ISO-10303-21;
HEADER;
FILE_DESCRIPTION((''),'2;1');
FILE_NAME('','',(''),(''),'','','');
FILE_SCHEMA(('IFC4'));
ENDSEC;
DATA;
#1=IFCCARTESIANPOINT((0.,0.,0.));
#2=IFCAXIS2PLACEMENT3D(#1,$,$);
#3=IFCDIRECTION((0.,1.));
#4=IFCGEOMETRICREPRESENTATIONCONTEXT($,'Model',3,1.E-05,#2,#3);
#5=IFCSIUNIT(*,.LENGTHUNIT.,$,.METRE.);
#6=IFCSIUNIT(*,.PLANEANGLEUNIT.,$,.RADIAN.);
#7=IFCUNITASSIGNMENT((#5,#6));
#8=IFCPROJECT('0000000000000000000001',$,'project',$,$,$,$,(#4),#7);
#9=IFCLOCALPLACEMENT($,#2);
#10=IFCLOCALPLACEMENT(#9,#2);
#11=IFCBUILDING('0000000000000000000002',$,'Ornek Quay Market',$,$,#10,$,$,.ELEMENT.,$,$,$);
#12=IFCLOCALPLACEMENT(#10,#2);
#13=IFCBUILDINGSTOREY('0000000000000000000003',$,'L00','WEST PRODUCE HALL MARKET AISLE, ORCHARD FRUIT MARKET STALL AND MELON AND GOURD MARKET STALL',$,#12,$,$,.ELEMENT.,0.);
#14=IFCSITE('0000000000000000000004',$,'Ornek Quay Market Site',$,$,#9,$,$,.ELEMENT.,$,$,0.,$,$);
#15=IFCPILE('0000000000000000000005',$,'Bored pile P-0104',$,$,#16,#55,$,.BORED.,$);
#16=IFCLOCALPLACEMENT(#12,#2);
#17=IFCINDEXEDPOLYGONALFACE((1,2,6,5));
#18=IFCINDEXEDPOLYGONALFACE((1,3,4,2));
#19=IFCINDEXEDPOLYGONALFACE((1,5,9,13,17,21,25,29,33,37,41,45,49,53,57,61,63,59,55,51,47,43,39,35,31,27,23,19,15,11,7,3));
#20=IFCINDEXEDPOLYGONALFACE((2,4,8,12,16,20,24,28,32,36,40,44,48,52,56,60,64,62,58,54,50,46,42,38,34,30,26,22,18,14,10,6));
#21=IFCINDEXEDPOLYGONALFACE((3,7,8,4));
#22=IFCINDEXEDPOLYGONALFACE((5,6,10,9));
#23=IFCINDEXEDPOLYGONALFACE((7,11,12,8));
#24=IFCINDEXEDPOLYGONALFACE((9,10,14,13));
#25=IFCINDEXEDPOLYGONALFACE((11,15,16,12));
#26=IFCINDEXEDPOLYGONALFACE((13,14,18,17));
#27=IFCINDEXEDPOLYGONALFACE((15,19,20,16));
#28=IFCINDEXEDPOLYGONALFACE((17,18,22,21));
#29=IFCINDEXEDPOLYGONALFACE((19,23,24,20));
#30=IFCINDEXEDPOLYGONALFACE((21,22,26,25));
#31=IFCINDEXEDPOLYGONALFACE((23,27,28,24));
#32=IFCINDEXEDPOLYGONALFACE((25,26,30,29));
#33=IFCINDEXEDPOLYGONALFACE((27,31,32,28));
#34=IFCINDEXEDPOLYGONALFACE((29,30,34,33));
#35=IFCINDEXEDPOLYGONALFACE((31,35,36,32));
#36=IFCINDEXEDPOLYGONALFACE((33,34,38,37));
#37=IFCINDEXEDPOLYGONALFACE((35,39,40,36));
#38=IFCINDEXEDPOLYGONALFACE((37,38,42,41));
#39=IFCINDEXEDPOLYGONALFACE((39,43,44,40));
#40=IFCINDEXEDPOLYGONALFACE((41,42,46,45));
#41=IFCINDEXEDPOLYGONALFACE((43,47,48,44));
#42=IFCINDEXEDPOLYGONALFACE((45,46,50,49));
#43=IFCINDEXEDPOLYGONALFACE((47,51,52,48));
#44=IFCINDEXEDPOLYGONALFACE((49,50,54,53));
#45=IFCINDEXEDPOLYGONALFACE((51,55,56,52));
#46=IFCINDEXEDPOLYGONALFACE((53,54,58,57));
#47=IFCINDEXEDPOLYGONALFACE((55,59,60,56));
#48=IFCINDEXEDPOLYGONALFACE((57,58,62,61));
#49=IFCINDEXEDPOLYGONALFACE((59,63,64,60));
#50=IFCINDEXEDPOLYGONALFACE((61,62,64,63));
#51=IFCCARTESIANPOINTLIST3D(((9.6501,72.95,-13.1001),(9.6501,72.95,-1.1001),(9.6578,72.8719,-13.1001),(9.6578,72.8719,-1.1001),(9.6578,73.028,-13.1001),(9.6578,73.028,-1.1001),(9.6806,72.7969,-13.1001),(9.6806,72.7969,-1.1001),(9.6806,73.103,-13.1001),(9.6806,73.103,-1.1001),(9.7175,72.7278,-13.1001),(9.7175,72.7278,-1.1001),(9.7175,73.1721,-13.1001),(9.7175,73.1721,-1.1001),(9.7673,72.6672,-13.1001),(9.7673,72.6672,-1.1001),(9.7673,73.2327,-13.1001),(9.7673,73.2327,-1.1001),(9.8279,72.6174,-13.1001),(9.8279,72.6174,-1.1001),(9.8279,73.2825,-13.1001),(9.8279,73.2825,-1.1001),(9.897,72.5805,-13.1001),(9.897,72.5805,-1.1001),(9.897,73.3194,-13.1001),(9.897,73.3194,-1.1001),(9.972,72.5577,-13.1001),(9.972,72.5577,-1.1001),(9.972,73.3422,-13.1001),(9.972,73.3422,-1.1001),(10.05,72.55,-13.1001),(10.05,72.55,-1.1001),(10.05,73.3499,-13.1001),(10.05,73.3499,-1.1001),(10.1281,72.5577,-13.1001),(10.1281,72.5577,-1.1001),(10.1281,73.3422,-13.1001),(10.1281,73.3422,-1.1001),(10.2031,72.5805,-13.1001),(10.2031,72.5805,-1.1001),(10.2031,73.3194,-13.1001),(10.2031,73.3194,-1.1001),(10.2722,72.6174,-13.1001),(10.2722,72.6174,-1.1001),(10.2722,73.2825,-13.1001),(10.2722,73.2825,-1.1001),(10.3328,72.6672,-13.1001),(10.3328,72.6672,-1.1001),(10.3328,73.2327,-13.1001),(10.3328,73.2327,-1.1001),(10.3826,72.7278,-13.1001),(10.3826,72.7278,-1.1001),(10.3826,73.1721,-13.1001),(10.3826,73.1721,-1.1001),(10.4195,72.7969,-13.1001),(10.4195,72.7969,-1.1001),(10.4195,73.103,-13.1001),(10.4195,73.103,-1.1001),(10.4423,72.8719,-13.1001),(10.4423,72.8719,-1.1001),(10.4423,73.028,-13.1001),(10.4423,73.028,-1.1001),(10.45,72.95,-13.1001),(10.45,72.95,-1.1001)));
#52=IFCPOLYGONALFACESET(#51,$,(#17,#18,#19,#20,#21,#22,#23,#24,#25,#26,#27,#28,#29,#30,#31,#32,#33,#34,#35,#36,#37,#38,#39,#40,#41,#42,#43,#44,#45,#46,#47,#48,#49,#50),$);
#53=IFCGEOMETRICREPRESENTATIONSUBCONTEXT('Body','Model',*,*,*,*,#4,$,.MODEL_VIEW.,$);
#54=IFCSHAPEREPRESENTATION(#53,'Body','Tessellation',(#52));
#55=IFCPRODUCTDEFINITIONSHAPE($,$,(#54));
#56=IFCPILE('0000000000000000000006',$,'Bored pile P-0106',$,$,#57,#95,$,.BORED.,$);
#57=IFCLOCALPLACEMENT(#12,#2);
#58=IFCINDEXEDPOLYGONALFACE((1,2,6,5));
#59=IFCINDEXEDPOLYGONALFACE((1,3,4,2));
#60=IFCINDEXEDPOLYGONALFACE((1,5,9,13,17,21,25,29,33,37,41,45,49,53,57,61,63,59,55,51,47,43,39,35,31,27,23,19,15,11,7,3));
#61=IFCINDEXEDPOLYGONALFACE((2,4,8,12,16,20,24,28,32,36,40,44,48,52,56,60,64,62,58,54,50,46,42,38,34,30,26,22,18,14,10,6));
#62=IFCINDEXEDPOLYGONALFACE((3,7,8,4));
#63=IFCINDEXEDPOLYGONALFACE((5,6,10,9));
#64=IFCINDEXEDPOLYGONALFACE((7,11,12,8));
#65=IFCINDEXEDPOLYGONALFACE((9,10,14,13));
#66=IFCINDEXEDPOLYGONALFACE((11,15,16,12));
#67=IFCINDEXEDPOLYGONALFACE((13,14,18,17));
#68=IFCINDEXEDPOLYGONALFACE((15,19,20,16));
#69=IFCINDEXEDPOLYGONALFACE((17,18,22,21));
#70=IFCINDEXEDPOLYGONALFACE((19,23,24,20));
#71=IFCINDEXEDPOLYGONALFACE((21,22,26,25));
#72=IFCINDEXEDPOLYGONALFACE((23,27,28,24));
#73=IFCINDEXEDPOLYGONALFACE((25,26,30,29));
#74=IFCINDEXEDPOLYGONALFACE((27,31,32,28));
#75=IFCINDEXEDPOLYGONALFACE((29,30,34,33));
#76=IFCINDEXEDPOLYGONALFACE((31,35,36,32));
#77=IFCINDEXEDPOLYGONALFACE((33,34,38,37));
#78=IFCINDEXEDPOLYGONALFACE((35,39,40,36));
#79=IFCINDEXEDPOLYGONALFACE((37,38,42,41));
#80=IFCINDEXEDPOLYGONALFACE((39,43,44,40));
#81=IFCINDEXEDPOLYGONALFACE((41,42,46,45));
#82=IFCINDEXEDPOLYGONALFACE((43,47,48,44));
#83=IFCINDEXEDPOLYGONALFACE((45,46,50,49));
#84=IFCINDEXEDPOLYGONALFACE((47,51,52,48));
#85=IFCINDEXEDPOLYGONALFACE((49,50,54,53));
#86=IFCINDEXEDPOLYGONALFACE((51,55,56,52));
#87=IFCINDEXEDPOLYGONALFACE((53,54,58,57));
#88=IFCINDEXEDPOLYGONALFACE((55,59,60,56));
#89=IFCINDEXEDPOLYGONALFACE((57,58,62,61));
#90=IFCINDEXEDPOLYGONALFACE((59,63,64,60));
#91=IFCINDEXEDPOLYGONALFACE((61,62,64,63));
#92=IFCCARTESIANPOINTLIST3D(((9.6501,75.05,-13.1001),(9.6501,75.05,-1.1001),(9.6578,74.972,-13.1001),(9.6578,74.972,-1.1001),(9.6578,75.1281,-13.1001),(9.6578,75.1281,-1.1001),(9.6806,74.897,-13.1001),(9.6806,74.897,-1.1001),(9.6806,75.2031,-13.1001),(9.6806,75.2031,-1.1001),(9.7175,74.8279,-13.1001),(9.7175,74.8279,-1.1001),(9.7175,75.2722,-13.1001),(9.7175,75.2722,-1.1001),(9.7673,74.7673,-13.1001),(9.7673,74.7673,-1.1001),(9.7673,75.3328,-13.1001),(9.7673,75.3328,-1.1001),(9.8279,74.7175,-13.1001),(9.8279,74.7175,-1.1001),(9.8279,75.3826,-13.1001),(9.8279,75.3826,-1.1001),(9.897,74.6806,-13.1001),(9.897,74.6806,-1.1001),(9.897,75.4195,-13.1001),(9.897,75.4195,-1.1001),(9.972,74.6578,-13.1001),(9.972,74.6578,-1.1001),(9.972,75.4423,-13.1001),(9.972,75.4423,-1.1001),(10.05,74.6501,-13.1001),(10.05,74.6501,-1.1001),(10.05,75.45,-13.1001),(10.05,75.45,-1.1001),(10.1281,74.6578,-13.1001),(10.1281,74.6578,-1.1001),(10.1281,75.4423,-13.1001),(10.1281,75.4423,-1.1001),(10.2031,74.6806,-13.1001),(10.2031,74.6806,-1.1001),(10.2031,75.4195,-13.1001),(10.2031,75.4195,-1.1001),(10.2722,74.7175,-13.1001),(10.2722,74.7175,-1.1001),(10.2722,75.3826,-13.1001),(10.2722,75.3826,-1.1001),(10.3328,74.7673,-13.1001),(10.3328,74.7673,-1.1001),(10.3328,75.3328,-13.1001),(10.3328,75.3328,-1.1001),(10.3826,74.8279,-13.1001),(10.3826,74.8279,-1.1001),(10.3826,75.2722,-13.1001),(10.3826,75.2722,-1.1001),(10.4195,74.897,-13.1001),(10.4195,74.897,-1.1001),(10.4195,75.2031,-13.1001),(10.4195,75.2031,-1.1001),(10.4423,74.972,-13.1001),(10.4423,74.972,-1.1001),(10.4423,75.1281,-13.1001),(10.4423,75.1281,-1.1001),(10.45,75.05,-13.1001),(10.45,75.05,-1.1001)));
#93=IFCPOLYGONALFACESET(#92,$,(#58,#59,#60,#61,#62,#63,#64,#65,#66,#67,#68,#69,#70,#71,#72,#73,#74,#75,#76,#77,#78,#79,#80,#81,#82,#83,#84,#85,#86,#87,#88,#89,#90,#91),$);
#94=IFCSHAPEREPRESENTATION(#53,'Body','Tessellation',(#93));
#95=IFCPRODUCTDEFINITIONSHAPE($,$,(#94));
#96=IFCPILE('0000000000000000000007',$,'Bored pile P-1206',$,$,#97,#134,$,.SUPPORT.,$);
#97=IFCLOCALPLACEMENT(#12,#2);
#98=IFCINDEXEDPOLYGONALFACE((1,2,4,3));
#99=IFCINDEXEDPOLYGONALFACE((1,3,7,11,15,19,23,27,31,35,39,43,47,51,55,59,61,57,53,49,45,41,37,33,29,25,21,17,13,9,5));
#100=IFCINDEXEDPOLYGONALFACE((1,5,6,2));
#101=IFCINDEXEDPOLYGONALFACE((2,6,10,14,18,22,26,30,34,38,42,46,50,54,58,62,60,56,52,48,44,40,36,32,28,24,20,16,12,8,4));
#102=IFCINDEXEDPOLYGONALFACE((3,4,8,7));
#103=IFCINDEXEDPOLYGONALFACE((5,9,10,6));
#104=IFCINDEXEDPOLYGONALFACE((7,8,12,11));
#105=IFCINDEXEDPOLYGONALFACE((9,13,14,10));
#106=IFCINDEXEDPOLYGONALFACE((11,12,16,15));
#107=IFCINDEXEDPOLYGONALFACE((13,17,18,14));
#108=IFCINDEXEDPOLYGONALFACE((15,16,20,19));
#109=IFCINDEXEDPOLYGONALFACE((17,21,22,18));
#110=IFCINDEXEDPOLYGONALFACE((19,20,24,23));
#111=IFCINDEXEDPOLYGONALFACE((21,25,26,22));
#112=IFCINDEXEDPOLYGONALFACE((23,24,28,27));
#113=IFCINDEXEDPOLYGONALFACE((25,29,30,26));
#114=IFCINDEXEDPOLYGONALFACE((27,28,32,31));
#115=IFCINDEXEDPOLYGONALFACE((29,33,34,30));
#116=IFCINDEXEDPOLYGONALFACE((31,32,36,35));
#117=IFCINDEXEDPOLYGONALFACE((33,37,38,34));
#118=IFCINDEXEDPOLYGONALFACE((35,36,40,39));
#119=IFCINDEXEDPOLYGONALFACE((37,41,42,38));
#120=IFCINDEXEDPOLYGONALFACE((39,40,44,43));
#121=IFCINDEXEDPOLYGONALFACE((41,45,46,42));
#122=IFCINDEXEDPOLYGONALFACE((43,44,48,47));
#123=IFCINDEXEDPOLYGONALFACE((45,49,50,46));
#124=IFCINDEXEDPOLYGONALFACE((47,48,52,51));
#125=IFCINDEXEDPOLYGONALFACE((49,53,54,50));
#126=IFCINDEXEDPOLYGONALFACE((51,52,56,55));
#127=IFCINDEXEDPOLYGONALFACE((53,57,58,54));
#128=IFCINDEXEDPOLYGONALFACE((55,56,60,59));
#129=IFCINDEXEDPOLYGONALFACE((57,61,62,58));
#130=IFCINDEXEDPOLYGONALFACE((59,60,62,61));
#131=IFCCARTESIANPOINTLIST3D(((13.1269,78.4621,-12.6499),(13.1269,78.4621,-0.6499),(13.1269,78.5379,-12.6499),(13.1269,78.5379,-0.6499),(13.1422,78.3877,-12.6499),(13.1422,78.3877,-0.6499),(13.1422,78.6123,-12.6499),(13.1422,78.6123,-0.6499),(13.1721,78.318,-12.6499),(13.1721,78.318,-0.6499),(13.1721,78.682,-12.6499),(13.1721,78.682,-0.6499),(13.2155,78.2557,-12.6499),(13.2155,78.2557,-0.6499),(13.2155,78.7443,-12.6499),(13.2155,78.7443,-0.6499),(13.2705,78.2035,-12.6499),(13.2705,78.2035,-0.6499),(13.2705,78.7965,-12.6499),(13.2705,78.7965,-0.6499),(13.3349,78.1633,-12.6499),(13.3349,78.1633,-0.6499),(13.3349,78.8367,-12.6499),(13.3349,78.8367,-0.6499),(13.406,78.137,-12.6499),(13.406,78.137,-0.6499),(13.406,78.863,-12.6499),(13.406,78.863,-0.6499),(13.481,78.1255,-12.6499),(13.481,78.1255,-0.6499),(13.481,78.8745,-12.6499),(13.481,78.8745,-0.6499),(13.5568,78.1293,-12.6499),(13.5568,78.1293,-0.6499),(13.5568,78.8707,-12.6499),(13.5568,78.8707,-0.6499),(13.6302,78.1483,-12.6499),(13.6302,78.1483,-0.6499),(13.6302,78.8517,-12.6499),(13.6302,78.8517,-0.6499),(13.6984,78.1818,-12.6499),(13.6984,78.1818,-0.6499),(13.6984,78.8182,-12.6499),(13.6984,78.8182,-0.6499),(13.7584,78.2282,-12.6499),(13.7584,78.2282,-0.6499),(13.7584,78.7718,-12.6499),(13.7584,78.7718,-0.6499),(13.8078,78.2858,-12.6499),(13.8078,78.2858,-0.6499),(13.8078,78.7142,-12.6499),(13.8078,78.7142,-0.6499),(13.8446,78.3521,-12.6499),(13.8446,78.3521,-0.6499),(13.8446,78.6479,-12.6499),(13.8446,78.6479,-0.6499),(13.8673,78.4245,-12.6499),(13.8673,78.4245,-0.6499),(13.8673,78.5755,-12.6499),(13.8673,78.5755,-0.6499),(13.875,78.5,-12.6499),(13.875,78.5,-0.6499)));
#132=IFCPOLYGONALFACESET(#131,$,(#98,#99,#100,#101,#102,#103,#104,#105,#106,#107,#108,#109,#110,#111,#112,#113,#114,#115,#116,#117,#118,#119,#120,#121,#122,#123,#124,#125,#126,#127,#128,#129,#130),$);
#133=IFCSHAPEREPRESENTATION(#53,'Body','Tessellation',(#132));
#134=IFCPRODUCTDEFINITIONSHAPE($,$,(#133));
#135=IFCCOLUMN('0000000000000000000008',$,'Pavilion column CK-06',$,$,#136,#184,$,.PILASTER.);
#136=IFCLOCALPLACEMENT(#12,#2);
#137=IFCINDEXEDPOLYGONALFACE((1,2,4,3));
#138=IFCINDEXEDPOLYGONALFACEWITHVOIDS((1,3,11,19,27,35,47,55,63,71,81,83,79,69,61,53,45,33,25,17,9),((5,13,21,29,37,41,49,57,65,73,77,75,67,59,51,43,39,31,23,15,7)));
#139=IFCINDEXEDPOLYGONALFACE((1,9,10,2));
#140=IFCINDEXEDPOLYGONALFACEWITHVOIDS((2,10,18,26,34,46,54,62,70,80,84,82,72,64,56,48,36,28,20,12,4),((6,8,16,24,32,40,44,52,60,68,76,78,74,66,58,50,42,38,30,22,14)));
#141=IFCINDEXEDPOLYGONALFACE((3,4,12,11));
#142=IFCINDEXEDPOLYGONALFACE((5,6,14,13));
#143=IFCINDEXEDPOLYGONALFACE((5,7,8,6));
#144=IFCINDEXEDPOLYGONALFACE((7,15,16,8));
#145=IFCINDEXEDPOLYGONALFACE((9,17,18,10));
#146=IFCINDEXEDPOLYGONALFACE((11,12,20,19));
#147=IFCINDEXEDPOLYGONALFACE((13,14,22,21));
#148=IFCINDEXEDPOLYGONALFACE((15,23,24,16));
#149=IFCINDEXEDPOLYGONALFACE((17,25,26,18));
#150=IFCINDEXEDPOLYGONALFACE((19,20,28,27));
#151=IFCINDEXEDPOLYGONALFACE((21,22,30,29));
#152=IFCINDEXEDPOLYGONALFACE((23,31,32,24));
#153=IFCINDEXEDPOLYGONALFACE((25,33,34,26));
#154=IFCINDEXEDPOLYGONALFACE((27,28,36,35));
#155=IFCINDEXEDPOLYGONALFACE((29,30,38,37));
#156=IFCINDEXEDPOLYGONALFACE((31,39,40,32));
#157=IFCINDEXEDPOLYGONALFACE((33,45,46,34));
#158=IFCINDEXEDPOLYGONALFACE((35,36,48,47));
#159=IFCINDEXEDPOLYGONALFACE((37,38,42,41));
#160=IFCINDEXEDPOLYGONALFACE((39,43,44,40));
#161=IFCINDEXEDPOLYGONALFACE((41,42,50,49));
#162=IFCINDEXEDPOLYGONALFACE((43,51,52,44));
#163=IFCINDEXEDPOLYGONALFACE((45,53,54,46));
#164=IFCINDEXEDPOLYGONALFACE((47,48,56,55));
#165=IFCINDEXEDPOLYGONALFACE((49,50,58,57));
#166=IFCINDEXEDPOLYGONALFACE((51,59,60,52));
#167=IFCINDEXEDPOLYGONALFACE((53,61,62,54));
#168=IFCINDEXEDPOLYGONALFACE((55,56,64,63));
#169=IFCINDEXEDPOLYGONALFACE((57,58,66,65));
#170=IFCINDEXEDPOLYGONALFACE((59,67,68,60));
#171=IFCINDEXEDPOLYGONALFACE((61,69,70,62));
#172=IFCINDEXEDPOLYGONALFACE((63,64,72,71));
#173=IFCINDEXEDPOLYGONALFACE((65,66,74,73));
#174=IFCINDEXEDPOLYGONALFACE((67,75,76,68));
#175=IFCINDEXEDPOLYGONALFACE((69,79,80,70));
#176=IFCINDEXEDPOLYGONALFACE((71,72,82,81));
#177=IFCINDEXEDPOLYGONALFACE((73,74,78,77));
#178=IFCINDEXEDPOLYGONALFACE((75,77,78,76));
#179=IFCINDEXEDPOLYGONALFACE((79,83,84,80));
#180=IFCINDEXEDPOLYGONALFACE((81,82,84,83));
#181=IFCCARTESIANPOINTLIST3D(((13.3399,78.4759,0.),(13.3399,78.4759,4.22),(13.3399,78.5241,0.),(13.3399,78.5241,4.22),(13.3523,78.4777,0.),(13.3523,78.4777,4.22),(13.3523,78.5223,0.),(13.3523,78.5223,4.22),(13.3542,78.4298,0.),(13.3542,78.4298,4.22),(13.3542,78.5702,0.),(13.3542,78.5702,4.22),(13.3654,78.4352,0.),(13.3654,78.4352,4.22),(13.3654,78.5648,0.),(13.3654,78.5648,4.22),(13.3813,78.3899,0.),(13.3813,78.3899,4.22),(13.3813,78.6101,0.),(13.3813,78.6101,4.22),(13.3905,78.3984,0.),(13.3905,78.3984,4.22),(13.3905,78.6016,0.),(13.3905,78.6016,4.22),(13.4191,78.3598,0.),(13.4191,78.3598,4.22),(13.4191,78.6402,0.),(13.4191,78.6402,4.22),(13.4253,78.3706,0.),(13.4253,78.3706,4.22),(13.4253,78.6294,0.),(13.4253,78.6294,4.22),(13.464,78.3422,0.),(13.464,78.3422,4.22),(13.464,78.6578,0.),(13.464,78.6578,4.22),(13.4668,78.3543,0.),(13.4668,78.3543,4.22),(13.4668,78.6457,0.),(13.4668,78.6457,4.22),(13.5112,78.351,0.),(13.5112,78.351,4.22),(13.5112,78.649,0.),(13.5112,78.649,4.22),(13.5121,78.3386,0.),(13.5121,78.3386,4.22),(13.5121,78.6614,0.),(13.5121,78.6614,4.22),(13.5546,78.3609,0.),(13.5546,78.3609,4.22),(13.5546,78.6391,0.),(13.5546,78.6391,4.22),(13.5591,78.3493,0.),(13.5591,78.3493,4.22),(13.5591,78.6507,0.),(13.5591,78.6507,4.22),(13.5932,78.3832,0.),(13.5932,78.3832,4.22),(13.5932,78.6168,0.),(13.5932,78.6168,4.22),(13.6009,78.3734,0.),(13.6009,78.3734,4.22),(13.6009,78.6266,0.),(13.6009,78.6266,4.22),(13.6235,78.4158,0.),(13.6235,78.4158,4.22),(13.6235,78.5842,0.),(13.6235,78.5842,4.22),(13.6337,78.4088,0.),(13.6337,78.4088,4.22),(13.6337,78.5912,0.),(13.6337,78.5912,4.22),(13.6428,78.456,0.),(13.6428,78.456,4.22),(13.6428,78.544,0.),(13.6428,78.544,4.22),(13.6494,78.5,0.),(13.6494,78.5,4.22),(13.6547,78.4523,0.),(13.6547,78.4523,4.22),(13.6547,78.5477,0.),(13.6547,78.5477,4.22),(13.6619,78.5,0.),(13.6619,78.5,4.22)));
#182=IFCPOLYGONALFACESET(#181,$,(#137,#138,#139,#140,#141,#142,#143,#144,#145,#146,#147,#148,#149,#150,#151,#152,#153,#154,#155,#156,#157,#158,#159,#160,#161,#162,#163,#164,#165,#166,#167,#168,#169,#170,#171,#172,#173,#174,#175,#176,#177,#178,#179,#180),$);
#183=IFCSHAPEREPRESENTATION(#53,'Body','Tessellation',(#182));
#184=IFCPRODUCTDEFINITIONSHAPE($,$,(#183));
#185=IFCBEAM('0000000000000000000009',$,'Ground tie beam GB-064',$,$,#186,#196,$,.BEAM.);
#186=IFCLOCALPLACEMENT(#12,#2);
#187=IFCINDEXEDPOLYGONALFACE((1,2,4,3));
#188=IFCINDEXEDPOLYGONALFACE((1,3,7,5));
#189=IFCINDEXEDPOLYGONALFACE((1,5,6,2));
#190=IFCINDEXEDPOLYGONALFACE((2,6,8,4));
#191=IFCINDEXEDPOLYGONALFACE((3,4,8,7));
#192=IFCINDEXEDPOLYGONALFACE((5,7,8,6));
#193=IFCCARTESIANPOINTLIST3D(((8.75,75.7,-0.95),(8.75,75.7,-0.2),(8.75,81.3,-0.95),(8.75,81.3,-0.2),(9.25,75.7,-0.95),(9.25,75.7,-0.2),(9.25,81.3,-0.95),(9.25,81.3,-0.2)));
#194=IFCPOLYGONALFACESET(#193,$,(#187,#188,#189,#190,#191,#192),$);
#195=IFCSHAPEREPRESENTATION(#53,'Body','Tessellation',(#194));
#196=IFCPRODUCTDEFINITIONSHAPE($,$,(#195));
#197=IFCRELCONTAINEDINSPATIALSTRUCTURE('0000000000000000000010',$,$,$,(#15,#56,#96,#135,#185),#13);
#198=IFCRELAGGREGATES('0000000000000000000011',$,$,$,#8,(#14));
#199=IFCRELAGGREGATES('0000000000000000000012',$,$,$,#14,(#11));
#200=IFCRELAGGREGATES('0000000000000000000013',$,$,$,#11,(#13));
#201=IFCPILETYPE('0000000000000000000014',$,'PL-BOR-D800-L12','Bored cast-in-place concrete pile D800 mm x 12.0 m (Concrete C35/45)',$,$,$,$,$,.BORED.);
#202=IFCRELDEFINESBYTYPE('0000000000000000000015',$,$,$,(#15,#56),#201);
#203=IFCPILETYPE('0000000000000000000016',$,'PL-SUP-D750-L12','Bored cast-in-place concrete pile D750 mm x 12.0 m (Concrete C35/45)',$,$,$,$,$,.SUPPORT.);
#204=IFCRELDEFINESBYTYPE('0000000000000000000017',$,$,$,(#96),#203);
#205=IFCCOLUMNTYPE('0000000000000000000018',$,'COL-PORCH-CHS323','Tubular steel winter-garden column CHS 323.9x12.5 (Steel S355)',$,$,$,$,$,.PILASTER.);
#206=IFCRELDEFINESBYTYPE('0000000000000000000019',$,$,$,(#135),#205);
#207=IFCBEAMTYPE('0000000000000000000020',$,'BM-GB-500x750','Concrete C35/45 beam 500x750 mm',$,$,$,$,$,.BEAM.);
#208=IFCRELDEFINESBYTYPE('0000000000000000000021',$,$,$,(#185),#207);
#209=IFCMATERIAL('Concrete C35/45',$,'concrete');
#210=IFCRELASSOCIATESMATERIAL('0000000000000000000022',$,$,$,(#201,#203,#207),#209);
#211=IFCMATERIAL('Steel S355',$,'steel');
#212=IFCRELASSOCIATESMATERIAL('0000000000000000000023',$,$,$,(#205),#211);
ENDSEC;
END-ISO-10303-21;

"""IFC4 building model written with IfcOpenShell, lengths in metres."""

from ifc_helpers import new_model, si_unit, direction, frame, origin, origin_2d, place, context, subcontext, project, spatial, rectangle, circle, hollow_circle, extrude, material, material_profile, profile_set, type_object, element, save


model = new_model("IFC4")

# Units and contexts
model_context = context("Model", 3, precision=1e-05, world=origin(), true_north=direction((0.0, 1.0)))
body_context = subcontext(model_context, "Body", "Model", "MODEL_VIEW")
ifc_project = project(units=[si_unit("LENGTHUNIT", "METRE"), si_unit("PLANEANGLEUNIT", "RADIAN")], contexts=[model_context])

# Site, building, storey
site_placement = place(None, origin())
site = spatial("IfcSite", under=ifc_project, at=site_placement, Name="Ornek Quay Market Site", CompositionType="ELEMENT", RefElevation=0.0)
building_placement = place(site_placement, origin())
building = spatial("IfcBuilding", under=site, at=building_placement, Name="Ornek Quay Market", CompositionType="ELEMENT")
storey_placement = place(building_placement, origin())
storey = spatial("IfcBuildingStorey", under=building, at=storey_placement, Name="L00", Description="WEST PRODUCE HALL MARKET AISLE, ORCHARD FRUIT MARKET STALL AND MELON AND GOURD MARKET STALL", CompositionType="ELEMENT", Elevation=0.0)

# Piles
ifc_material_1 = material(Name="Concrete C35/45", Category="concrete")
ifc_material_profile_1 = material_profile(ifc_material_1, circle(Radius=0.3999, at=origin_2d()), Name="PILE D800", Category="concrete")
ifc_profile_set_1 = profile_set([ifc_material_profile_1], Name="Concrete C35/45")
pile_type_1 = type_object("IfcPileType", Name="PL-BOR-D800-L12", Description="Bored cast-in-place concrete pile D800 mm x 12.0 m (Concrete C35/45)", PredefinedType="BORED", material=ifc_profile_set_1)
for number, where, z_axis, x_axis, name in (
    (1, (10.05, 72.95, -1.1001), (0.0, 0.0, -1.0), (1.0, 0.0, 0.0), "Bored pile P-0104"),
    (2, (10.05, 75.05, -1.1001), (0.0, 0.0, -1.0), (1.0, 0.0, 0.0), "Bored pile P-0106"),
):
    element("IfcPile", number, at=place(storey_placement, frame(where, z_axis=z_axis, x_axis=x_axis)), inside=storey, type_object=pile_type_1, Name=name, PredefinedType="BORED", context=body_context, shape_type="SweptSolid", body=[
        extrude(circle(Radius=0.3999, at=origin_2d()), origin(), (0.0, 0.0, 1.0), 12.0),
    ])
ifc_material_profile_2 = material_profile(ifc_material_1, circle(Radius=0.375, at=origin_2d()), Name="PILE D750", Category="concrete")
ifc_profile_set_2 = profile_set([ifc_material_profile_2], Name="Concrete C35/45")
pile_type_2 = type_object("IfcPileType", Name="PL-SUP-D750-L12", Description="Bored cast-in-place concrete pile D750 mm x 12.0 m (Concrete C35/45)", PredefinedType="SUPPORT", material=ifc_profile_set_2)
pile_placement = place(storey_placement, frame((13.5, 78.5, -0.6499), z_axis=(0.0, 0.0, -1.0), x_axis=(1.0, 0.0, 0.0)))
element("IfcPile", 3, at=pile_placement, inside=storey, type_object=pile_type_2, Name="Bored pile P-1206", PredefinedType="SUPPORT", context=body_context, shape_type="SweptSolid", body=[
    extrude(circle(Radius=0.375, at=origin_2d()), origin(), (0.0, 0.0, 1.0), 12.0),
])

# Column
ifc_material_2 = material(Name="Steel S355", Category="steel")
ifc_material_profile_3 = material_profile(ifc_material_2, hollow_circle(Radius=0.1619, WallThickness=0.0125, at=origin_2d()), Name="CHS 323.9x12.5", Category="steel")
ifc_profile_set_3 = profile_set([ifc_material_profile_3], Name="Steel S355")
column_type = type_object("IfcColumnType", Name="COL-PORCH-CHS323", Description="Tubular steel winter-garden column CHS 323.9x12.5 (Steel S355)", PredefinedType="PILASTER", material=ifc_profile_set_3)
column_placement = place(storey_placement, frame((13.5, 78.5, 0.0), z_axis=(0.0, 0.0, 1.0), x_axis=(1.0, 0.0, 0.0)))
element("IfcColumn", 4, at=column_placement, inside=storey, type_object=column_type, Name="Pavilion column CK-06", PredefinedType="PILASTER", context=body_context, shape_type="SweptSolid", body=[
    extrude(hollow_circle(Radius=0.1619, WallThickness=0.0125, at=origin_2d()), origin(), (0.0, 0.0, 1.0), 4.22),
])

# Beam
ifc_material_profile_4 = material_profile(ifc_material_1, rectangle(XDim=0.5, YDim=0.75, at=origin_2d()), Name="RC 500x750", Category="concrete")
ifc_profile_set_4 = profile_set([ifc_material_profile_4], Name="Concrete C35/45")
beam_type_1 = type_object("IfcBeamType", Name="BM-GB-500x750", Description="Concrete C35/45 beam 500x750 mm", PredefinedType="BEAM", material=ifc_profile_set_4)
beam_1_placement = place(storey_placement, frame((9.0, 75.7, -0.575), z_axis=(0.0, 1.0, 0.0), x_axis=(-1.0, 0.0, 0.0)))
element("IfcBeam", 5, at=beam_1_placement, inside=storey, type_object=beam_type_1, Name="Ground tie beam GB-064", PredefinedType="BEAM", context=body_context, shape_type="SweptSolid", body=[
    extrude(rectangle(XDim=0.5, YDim=0.75, at=origin_2d()), origin(), (0.0, 0.0, 1.0), 5.6001),
])

save(model, "model.ifc")
